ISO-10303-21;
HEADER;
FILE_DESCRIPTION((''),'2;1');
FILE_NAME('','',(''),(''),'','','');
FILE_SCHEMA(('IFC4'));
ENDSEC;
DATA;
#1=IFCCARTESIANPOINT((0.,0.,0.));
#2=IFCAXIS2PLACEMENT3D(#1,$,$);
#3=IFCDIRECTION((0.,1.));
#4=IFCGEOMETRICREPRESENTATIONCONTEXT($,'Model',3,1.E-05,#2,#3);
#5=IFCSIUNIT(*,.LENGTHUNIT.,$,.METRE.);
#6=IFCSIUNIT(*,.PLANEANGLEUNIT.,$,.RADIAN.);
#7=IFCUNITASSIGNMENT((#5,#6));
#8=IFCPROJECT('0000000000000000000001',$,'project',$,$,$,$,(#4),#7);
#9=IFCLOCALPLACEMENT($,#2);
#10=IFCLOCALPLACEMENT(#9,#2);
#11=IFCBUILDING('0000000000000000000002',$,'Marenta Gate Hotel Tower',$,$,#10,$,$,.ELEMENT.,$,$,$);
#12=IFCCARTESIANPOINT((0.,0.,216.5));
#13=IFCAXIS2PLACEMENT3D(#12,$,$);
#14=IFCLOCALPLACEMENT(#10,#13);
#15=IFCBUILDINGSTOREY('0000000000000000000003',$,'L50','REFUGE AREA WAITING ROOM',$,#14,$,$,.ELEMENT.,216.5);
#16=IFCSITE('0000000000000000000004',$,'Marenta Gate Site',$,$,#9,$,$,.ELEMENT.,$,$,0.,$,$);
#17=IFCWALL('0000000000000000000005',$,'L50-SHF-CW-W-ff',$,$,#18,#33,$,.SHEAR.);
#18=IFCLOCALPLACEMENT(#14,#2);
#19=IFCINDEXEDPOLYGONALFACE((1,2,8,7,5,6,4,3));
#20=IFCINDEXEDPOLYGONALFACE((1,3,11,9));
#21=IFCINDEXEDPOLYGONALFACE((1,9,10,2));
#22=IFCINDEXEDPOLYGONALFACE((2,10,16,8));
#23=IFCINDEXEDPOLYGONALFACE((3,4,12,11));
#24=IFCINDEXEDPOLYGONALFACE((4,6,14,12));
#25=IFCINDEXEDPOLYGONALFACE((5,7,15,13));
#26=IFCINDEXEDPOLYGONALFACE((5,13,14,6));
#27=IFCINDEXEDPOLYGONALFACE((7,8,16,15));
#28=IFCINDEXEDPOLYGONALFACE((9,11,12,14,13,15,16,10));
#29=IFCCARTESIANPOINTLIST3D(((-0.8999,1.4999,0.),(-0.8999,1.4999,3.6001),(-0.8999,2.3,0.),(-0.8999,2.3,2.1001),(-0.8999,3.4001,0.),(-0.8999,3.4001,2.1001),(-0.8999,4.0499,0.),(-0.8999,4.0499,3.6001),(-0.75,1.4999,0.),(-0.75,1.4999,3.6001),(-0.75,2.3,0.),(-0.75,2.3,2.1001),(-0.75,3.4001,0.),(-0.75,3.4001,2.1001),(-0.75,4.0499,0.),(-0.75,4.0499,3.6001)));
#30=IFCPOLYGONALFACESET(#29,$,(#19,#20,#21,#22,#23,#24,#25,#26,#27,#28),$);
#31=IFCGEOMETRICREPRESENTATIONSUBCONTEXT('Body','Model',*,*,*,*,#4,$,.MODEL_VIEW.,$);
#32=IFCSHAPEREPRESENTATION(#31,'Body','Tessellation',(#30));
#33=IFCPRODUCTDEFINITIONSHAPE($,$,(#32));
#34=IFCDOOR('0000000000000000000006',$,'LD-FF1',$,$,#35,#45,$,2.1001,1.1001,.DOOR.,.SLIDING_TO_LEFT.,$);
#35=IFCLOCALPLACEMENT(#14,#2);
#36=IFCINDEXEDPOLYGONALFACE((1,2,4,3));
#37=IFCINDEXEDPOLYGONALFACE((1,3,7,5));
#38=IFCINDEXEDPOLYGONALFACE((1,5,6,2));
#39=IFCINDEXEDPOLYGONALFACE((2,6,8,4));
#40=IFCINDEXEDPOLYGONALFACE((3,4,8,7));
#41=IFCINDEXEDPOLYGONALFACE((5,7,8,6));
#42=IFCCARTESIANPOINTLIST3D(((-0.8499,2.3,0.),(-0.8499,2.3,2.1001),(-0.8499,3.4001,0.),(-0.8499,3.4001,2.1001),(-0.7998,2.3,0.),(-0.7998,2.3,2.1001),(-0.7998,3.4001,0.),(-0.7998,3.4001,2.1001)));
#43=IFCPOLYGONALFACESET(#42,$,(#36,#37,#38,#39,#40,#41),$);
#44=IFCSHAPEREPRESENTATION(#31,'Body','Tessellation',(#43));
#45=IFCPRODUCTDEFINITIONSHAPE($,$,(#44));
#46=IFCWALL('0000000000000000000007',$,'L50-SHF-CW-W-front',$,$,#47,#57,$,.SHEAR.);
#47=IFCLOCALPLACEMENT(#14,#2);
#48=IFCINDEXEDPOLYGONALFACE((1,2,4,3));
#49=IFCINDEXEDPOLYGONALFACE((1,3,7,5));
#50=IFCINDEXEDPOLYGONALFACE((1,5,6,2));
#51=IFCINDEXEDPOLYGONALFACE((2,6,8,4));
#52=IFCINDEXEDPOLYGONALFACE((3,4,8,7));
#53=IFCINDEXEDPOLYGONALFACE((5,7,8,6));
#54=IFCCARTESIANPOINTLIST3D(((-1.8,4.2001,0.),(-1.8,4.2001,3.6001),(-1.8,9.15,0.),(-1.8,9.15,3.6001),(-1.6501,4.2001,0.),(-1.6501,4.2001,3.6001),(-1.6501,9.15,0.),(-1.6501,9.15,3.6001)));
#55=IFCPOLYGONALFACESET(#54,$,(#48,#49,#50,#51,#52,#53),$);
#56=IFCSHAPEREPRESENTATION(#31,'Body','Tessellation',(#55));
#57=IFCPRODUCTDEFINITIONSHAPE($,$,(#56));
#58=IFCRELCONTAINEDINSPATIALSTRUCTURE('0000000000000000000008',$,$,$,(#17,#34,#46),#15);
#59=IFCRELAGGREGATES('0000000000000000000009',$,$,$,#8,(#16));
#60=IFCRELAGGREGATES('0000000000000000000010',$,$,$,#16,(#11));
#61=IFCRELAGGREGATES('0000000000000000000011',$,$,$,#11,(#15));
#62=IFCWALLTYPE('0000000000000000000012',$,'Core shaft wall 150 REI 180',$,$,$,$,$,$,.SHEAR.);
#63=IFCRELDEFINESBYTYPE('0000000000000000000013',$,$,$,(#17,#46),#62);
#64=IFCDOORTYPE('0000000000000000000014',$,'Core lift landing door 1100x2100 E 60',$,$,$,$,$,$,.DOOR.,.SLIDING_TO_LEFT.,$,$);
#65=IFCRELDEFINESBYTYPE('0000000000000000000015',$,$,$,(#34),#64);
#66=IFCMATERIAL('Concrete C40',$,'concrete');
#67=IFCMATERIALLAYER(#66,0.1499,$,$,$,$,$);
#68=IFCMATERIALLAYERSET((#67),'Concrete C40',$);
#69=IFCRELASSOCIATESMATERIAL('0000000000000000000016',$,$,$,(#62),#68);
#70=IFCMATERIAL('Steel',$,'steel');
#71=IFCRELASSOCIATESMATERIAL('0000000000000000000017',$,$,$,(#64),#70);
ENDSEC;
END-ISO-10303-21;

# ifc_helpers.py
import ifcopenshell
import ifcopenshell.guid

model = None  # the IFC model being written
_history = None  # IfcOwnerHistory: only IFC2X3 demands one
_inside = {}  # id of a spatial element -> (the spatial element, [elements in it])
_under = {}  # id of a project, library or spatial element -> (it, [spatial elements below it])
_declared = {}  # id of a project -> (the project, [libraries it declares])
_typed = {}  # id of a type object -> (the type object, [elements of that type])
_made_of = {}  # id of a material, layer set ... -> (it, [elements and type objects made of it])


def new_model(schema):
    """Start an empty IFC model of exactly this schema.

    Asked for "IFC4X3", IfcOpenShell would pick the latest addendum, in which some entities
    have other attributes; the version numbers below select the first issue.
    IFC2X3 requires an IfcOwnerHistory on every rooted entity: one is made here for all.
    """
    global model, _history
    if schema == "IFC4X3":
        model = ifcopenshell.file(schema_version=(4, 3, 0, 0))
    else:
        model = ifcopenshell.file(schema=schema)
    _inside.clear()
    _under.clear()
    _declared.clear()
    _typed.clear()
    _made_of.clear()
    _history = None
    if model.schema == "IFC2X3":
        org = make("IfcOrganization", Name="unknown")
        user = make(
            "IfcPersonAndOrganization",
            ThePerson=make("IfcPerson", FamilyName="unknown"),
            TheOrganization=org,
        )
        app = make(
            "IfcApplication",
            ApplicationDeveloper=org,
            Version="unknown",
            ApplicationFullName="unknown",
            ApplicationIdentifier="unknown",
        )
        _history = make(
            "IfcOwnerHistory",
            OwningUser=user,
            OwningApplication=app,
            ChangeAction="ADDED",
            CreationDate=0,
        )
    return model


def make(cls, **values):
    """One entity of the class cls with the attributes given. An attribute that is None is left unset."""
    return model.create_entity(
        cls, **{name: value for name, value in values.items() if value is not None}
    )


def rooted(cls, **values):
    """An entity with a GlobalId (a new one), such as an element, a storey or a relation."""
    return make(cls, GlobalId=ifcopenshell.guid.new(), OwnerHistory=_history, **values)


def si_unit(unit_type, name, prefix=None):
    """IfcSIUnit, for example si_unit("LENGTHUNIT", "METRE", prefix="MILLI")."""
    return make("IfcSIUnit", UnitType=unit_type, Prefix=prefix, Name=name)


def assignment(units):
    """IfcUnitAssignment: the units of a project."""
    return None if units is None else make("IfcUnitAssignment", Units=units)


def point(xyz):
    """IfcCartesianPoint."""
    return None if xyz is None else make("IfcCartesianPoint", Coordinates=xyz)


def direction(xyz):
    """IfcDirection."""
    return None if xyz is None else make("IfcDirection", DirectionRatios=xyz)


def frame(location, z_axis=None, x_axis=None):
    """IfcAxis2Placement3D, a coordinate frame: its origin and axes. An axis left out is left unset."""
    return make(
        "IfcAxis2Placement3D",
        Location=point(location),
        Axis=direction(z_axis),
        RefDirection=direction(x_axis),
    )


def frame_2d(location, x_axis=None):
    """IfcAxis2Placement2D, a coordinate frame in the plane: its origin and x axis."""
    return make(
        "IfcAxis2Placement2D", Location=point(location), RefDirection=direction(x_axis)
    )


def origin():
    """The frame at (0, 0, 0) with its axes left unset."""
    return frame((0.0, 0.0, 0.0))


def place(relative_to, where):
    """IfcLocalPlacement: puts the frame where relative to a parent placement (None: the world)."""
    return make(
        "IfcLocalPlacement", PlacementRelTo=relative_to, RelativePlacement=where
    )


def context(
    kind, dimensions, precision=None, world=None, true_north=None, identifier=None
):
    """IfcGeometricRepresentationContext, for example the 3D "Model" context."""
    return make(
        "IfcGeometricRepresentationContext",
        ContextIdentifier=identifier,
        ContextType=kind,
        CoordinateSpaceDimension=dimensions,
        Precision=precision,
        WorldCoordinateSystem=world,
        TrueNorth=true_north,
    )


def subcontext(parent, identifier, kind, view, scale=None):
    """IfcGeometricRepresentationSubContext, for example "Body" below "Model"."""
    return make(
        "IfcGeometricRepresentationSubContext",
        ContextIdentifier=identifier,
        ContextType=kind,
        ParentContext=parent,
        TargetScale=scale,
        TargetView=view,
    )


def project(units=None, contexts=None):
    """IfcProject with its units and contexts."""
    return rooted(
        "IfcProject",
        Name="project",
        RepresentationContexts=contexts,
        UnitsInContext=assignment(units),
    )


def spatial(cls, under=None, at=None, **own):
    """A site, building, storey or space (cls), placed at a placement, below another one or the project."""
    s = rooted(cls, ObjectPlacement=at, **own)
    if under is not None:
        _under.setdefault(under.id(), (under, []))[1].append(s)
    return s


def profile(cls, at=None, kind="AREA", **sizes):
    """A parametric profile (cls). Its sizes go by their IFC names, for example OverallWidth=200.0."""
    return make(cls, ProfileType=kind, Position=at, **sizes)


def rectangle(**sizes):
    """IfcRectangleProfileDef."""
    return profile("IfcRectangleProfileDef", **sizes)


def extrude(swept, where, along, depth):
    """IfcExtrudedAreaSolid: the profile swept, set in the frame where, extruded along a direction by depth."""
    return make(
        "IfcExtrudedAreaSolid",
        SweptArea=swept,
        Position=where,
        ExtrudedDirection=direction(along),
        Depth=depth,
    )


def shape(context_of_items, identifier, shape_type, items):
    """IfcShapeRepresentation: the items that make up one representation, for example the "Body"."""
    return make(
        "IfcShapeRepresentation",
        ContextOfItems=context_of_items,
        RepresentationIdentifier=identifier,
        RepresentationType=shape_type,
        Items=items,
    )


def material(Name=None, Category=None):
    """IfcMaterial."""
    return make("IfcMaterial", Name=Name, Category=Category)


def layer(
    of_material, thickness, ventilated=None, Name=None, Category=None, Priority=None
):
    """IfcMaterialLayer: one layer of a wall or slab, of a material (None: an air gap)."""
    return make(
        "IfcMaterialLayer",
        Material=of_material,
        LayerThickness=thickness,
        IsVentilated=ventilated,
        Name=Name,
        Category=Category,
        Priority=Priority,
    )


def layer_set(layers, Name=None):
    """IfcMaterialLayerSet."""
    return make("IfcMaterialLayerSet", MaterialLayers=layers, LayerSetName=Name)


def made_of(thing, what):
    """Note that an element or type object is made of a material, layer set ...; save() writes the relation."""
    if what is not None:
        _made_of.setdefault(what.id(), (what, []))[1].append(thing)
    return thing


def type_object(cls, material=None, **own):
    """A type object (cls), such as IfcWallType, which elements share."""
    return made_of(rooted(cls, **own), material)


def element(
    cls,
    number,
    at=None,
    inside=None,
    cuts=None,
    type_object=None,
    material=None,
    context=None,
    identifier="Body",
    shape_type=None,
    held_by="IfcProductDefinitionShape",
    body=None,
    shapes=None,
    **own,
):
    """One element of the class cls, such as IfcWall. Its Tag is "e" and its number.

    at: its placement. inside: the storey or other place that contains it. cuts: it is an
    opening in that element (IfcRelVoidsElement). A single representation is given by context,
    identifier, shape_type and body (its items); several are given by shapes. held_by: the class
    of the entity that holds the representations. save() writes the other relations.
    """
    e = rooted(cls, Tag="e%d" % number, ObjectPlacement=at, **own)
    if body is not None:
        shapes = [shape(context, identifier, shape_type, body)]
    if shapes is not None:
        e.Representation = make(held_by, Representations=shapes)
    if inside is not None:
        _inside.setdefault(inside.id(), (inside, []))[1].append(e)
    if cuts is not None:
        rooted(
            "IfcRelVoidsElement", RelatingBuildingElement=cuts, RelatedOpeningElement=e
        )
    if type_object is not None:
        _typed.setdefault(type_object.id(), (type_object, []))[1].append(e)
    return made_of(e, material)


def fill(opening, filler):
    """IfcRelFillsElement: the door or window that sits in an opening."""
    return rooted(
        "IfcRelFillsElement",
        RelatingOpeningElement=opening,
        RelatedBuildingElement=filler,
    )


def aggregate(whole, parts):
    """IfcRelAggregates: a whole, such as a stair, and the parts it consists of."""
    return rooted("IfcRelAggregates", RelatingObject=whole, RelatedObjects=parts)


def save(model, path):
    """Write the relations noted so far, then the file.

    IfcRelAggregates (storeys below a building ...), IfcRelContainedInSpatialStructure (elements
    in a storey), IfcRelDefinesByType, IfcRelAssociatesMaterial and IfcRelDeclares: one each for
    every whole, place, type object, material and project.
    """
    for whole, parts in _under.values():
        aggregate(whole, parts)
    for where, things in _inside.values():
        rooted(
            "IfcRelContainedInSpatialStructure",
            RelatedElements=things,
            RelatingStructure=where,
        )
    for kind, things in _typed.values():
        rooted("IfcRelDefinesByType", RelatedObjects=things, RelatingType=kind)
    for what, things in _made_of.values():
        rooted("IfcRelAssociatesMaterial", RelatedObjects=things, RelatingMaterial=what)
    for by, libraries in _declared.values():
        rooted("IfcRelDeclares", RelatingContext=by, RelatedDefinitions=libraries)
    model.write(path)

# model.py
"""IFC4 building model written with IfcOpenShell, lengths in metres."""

from ifc_helpers import new_model, si_unit, direction, frame, frame_2d, origin, place, context, subcontext, project, spatial, rectangle, extrude, material, layer, layer_set, type_object, element, fill, save


model = new_model("IFC4")

# Units and contexts
model_context = context("Model", 3, precision=1e-05, world=origin(), true_north=direction((0.0, 1.0)))
body_context = subcontext(model_context, "Body", "Model", "MODEL_VIEW")
ifc_project = project(units=[si_unit("LENGTHUNIT", "METRE"), si_unit("PLANEANGLEUNIT", "RADIAN")], contexts=[model_context])

# Site, building, storey
site_placement = place(None, origin())
site = spatial("IfcSite", under=ifc_project, at=site_placement, Name="Marenta Gate Site", CompositionType="ELEMENT", RefElevation=0.0)
building_placement = place(site_placement, origin())
building = spatial("IfcBuilding", under=site, at=building_placement, Name="Marenta Gate Hotel Tower", CompositionType="ELEMENT")
storey_placement = place(building_placement, frame((0.0, 0.0, 216.5)))
storey = spatial("IfcBuildingStorey", under=building, at=storey_placement, Name="L50", Description="REFUGE AREA WAITING ROOM", CompositionType="ELEMENT", Elevation=216.5)

# Wall, opening, door
ifc_material_1 = material(Name="Concrete C40", Category="concrete")
ifc_layer_1 = layer(ifc_material_1, 0.1499)
ifc_layer_set_1 = layer_set([ifc_layer_1], Name="Concrete C40")
wall_type = type_object("IfcWallType", Name="Core shaft wall 150 REI 180", PredefinedType="SHEAR", material=ifc_layer_set_1)
wall_1_placement = place(storey_placement, frame((-0.825, 1.5, 0.0), z_axis=(0.0, 0.0, 1.0), x_axis=(0.0, 1.0, 0.0)))
wall_1 = element("IfcWall", 1, at=wall_1_placement, inside=storey, type_object=wall_type, Name="L50-SHF-CW-W-ff", PredefinedType="SHEAR", context=body_context, shape_type="SweptSolid", body=[
    extrude(rectangle(XDim=2.55, YDim=0.1499, at=frame_2d((1.2749, 0.0))), origin(), (0.0, 0.0, 1.0), 3.6001),
])
opening_placement = place(wall_1_placement, frame((0.8, 0.0, 0.0)))
opening = element("IfcOpeningElement", 2, at=opening_placement, cuts=wall_1, PredefinedType="OPENING", context=body_context, shape_type="SweptSolid", body=[
    extrude(rectangle(XDim=1.1001, YDim=2.1001, at=frame_2d((0.55, 1.05))), frame((0.0, 0.075, 0.0), z_axis=(0.0, -1.0, 0.0), x_axis=(1.0, 0.0, 0.0)), (0.0, 0.0, 1.0), 0.1499),
])
ifc_material_2 = material(Name="Steel", Category="steel")
door_type = type_object("IfcDoorType", Name="Core lift landing door 1100x2100 E 60", OperationType="SLIDING_TO_LEFT", PredefinedType="DOOR", material=ifc_material_2)
door_placement = place(opening_placement, origin())
door = element("IfcDoor", 3, at=door_placement, inside=storey, type_object=door_type, Name="LD-FF1", OperationType="SLIDING_TO_LEFT", OverallHeight=2.1001, OverallWidth=1.1001, PredefinedType="DOOR", context=body_context, shape_type="SweptSolid", body=[
    extrude(rectangle(XDim=1.1001, YDim=2.1001, at=frame_2d((0.55, 1.05))), frame((0.0, 0.0249, 0.0), z_axis=(0.0, -1.0, 0.0), x_axis=(1.0, 0.0, 0.0)), (0.0, 0.0, 1.0), 0.05),
])
fill(opening, door)

# Wall
wall_2_placement = place(storey_placement, frame((-1.7251, 4.2, 0.0), z_axis=(0.0, 0.0, 1.0), x_axis=(0.0, 1.0, 0.0)))
element("IfcWall", 4, at=wall_2_placement, inside=storey, type_object=wall_type, Name="L50-SHF-CW-W-front", PredefinedType="SHEAR", context=body_context, shape_type="SweptSolid", body=[
    extrude(rectangle(XDim=4.95, YDim=0.1499, at=frame_2d((2.4751, 0.0))), origin(), (0.0, 0.0, 1.0), 3.6001),
])

save(model, "model.ifc")
